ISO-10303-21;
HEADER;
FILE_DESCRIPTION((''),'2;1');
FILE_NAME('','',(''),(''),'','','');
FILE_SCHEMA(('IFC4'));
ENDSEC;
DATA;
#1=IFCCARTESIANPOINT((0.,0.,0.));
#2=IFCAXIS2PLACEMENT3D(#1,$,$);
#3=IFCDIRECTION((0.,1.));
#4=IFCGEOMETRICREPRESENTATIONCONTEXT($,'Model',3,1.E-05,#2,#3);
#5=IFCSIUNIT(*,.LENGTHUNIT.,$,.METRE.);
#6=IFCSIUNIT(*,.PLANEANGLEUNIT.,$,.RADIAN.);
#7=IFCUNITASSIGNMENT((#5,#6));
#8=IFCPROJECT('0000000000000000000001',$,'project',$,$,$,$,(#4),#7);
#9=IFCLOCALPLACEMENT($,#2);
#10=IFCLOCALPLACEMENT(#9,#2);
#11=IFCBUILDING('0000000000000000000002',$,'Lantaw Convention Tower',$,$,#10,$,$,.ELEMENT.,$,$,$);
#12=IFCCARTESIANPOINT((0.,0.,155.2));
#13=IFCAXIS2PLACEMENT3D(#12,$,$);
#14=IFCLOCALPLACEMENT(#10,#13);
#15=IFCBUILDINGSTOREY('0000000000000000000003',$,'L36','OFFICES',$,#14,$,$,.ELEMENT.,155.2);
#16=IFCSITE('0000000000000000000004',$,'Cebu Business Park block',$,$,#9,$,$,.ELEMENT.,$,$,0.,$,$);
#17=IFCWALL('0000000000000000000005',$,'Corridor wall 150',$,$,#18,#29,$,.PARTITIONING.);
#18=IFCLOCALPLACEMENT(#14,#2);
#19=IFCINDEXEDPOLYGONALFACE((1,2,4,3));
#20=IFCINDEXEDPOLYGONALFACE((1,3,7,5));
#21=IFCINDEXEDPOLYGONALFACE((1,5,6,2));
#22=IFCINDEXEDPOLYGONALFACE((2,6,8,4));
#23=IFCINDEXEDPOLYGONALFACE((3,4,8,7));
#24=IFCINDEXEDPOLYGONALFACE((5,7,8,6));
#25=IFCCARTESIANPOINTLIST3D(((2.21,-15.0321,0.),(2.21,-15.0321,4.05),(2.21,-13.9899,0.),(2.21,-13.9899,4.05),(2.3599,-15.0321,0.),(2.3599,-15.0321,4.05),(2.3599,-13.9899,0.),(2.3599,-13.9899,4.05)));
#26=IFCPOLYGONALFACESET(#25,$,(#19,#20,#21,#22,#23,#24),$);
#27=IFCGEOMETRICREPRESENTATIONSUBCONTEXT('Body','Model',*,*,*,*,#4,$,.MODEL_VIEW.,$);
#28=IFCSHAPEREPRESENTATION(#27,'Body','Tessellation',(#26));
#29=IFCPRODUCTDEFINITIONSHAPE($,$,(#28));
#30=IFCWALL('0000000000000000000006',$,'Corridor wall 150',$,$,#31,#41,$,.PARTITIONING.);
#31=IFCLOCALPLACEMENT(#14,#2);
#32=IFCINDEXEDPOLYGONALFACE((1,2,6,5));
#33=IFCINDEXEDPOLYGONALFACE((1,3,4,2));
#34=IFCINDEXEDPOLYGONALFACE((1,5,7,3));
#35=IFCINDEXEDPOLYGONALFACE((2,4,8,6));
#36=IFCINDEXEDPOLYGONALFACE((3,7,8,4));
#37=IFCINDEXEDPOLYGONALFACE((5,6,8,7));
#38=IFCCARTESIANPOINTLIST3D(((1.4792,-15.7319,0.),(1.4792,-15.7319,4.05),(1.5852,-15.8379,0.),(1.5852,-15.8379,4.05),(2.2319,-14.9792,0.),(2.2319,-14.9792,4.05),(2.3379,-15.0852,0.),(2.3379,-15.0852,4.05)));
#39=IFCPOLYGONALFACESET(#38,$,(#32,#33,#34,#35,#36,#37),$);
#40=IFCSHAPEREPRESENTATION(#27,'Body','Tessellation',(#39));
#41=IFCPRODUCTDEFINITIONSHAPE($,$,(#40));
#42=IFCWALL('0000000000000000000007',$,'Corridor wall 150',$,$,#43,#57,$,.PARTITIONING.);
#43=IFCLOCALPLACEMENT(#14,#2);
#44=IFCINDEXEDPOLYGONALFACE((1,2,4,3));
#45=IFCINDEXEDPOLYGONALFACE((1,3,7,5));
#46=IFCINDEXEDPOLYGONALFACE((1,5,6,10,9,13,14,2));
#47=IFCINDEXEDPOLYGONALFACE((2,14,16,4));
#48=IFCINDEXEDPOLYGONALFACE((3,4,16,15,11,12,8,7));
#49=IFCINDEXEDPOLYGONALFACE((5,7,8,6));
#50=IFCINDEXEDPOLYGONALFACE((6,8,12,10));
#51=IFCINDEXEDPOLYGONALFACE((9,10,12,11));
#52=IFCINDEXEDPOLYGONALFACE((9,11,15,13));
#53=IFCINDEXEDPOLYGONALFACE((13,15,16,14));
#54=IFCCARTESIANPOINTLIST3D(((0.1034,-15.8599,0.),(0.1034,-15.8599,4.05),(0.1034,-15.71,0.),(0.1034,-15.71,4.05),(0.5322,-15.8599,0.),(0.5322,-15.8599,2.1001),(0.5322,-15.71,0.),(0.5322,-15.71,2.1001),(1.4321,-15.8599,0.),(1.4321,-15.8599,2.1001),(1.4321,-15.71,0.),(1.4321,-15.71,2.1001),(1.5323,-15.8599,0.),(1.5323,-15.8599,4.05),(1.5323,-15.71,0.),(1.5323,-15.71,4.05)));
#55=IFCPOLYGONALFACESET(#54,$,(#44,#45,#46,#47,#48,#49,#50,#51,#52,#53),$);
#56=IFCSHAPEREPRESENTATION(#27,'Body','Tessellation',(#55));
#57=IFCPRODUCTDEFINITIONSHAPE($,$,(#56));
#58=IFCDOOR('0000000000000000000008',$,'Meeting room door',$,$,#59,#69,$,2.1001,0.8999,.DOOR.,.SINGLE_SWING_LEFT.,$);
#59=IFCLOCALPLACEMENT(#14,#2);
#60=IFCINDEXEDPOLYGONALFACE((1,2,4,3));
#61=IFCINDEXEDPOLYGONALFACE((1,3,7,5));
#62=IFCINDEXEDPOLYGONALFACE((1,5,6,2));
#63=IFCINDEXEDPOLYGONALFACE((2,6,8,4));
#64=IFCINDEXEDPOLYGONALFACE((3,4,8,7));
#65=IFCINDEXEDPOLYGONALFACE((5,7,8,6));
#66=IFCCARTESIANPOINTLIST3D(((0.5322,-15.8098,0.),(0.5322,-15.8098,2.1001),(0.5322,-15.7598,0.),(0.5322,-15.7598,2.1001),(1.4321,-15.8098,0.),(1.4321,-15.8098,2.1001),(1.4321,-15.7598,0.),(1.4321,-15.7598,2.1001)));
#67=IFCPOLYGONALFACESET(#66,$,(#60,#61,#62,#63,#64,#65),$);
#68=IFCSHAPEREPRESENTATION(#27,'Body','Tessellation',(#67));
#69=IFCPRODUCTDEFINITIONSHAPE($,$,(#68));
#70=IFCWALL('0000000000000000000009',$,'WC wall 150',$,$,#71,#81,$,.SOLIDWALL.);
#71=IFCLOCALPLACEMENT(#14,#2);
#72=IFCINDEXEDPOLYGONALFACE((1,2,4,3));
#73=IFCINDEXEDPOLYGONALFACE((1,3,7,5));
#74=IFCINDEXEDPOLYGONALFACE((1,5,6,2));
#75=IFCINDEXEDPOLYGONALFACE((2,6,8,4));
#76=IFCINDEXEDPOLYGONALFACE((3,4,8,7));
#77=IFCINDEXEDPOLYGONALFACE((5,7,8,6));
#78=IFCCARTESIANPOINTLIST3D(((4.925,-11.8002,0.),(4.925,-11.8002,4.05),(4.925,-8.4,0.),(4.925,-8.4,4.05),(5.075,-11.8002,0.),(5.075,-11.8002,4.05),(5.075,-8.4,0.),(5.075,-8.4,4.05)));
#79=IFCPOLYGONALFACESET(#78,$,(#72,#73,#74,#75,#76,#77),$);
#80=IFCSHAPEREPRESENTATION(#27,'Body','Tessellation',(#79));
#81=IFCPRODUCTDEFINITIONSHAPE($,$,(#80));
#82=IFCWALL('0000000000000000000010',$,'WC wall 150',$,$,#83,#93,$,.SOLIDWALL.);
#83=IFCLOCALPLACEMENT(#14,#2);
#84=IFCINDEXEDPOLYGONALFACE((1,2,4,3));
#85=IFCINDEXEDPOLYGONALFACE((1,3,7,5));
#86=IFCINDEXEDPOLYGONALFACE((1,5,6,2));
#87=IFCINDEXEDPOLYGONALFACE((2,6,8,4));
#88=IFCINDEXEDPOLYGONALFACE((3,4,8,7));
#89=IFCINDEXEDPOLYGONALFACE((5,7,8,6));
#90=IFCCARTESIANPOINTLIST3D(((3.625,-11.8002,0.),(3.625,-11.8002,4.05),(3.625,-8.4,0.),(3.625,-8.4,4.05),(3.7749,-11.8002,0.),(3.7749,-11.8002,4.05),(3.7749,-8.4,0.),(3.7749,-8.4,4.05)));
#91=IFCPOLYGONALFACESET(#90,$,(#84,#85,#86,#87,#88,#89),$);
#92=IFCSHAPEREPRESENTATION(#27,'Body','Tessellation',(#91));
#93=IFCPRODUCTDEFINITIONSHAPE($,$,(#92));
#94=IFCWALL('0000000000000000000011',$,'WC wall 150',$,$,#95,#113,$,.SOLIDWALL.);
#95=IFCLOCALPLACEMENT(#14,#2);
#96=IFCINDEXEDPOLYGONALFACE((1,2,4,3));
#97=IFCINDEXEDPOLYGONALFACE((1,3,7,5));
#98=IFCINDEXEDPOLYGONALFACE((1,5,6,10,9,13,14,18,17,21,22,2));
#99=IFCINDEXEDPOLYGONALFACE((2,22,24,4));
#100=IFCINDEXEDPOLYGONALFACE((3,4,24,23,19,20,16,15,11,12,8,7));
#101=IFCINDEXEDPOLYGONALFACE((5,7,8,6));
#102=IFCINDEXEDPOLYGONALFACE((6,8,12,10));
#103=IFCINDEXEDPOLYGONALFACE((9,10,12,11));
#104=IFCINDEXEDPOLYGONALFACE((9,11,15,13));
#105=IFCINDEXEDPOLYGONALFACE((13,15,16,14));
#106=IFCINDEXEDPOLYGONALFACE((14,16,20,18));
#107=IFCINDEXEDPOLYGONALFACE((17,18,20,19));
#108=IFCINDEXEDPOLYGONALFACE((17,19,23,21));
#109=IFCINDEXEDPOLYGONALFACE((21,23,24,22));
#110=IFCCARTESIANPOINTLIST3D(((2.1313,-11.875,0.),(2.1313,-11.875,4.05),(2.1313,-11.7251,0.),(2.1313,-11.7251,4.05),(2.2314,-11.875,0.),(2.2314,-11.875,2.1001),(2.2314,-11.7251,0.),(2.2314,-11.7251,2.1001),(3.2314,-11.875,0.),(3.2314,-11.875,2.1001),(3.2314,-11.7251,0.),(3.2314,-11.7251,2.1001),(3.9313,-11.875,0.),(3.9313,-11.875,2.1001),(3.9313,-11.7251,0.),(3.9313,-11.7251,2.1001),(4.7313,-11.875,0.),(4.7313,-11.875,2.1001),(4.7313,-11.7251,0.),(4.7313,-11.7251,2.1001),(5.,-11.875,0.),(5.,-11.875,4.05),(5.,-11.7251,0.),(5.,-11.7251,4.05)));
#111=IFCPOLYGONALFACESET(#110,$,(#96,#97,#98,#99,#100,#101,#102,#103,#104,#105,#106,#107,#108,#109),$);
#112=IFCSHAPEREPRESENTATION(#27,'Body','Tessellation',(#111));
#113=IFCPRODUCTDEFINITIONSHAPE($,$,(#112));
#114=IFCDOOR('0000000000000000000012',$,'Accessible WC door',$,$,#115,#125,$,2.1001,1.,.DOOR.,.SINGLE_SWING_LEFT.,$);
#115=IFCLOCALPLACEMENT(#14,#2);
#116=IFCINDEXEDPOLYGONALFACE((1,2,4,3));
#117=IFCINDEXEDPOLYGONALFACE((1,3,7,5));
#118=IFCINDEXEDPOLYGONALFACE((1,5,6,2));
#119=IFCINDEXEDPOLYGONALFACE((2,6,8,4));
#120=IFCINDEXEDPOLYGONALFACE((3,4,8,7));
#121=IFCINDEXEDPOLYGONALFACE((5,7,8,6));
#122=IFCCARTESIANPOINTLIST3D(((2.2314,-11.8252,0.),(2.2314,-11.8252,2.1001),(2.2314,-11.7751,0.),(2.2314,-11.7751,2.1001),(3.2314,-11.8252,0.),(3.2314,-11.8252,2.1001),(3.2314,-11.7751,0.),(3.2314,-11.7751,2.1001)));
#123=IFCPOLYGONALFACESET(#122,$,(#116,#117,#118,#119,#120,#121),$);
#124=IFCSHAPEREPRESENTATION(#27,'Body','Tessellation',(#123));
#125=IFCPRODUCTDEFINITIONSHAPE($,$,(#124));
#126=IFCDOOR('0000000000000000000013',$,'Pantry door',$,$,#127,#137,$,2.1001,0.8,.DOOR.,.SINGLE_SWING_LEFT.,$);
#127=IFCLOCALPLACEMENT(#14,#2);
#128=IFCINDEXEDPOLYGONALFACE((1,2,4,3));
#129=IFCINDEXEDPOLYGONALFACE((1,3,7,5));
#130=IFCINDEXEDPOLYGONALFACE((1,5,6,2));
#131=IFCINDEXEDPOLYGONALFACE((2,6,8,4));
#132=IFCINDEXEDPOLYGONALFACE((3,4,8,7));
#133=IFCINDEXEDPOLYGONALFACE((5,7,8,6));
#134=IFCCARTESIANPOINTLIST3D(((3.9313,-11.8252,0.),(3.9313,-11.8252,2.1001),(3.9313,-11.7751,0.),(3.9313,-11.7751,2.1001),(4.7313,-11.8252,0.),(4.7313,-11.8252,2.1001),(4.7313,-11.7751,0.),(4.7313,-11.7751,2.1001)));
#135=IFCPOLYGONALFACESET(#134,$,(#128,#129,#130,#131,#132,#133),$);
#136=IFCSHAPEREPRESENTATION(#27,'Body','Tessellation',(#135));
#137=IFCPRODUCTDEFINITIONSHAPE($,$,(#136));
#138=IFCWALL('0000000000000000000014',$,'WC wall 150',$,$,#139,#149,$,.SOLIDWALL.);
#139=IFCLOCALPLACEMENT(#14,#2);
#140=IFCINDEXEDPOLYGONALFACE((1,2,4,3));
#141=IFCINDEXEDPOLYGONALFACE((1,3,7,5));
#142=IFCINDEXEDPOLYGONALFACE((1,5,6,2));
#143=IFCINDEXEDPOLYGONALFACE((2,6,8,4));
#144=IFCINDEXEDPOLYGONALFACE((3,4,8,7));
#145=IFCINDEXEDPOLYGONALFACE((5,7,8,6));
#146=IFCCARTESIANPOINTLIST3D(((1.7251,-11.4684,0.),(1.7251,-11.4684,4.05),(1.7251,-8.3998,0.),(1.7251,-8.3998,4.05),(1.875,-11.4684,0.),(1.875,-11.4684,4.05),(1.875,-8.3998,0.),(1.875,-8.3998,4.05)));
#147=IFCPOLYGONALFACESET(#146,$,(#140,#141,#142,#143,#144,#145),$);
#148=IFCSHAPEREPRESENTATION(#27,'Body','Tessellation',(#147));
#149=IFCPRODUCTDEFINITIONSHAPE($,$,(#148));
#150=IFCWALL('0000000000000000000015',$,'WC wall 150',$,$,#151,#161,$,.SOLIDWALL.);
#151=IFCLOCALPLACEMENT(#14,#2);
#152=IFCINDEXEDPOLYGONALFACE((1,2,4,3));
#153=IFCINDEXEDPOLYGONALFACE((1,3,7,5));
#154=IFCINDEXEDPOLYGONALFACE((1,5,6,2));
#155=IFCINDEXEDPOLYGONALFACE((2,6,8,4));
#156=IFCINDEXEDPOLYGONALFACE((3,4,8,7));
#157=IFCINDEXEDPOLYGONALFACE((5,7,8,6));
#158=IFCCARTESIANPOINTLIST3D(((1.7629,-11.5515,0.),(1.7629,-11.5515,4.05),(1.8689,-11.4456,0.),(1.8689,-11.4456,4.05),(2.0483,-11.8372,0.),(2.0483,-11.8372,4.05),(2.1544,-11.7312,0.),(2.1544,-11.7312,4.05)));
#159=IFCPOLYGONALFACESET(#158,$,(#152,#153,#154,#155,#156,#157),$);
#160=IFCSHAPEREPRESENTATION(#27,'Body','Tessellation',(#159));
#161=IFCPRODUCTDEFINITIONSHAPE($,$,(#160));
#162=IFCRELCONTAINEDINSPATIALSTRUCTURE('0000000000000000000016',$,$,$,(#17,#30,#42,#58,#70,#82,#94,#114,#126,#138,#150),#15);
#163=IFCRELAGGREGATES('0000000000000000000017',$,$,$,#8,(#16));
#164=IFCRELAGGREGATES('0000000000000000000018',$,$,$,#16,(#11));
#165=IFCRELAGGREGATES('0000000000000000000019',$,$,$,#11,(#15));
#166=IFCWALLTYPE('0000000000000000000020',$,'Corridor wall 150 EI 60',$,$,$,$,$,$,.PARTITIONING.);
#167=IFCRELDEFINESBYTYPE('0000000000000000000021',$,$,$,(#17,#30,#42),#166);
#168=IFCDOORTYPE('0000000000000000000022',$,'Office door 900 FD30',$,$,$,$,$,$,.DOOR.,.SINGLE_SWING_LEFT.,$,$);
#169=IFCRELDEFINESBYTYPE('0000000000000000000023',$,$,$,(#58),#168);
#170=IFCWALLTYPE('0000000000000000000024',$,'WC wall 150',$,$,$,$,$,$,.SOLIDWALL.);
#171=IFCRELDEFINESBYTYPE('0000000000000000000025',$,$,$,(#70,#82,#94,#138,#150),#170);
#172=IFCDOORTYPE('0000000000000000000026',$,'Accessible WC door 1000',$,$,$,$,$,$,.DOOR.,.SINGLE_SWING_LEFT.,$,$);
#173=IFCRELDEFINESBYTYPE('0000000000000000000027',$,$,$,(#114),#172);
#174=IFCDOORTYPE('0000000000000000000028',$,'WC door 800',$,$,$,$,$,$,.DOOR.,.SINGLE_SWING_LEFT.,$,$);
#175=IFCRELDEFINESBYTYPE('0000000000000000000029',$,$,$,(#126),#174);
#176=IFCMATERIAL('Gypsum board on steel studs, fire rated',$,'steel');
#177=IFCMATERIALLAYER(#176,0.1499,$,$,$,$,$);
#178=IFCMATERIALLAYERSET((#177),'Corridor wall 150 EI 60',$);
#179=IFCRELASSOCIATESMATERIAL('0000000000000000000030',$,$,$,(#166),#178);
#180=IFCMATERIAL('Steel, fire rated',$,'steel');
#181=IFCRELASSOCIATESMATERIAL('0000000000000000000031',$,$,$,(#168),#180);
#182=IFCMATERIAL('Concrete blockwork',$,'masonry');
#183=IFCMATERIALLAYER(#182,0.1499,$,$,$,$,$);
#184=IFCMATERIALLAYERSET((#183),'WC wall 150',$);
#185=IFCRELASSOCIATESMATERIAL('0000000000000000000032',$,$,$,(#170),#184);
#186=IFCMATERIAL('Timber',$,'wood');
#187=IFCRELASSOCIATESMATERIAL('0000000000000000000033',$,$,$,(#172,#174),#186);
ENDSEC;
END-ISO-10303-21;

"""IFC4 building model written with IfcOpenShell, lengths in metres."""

from ifc_helpers import new_model, si_unit, direction, frame, frame_2d, origin, place, context, subcontext, project, spatial, rectangle, extrude, material, layer, layer_set, type_object, element, fill, save


model = new_model("IFC4")

# Units and contexts
model_context = context("Model", 3, precision=1e-05, world=origin(), true_north=direction((0.0, 1.0)))
body_context = subcontext(model_context, "Body", "Model", "MODEL_VIEW")
ifc_project = project(units=[si_unit("LENGTHUNIT", "METRE"), si_unit("PLANEANGLEUNIT", "RADIAN")], contexts=[model_context])

# Site, building, storey
site_placement = place(None, origin())
site = spatial("IfcSite", under=ifc_project, at=site_placement, Name="Cebu Business Park block", CompositionType="ELEMENT", RefElevation=0.0)
building_placement = place(site_placement, origin())
building = spatial("IfcBuilding", under=site, at=building_placement, Name="Lantaw Convention Tower", CompositionType="ELEMENT")
storey_placement = place(building_placement, frame((0.0, 0.0, 155.2)))
storey = spatial("IfcBuildingStorey", under=building, at=storey_placement, Name="L36", Description="OFFICES", CompositionType="ELEMENT", Elevation=155.2)

# Shared definitions
ifc_material_1 = material(Name="Gypsum board on steel studs, fire rated", Category="steel")
ifc_layer_1 = layer(ifc_material_1, 0.1499)
ifc_layer_set_1 = layer_set([ifc_layer_1], Name="Corridor wall 150 EI 60")
wall_type_1 = type_object("IfcWallType", Name="Corridor wall 150 EI 60", PredefinedType="PARTITIONING", material=ifc_layer_set_1)
ifc_material_2 = material(Name="Steel, fire rated", Category="steel")
door_type_1 = type_object("IfcDoorType", Name="Office door 900 FD30", OperationType="SINGLE_SWING_LEFT", PredefinedType="DOOR", material=ifc_material_2)

# Walls
wall_1_placement = place(storey_placement, frame((2.2849, -13.99, 0.0), z_axis=(0.0, 0.0, 1.0), x_axis=(0.0, -1.0, 0.0)))
element("IfcWall", 1, at=wall_1_placement, inside=storey, type_object=wall_type_1, Name="Corridor wall 150", PredefinedType="PARTITIONING", context=body_context, shape_type="SweptSolid", body=[
    extrude(rectangle(XDim=1.0422, YDim=0.1499, at=frame_2d((0.521, 0.0))), origin(), (0.0, 0.0, 1.0), 4.05),
])
wall_2_placement = place(storey_placement, frame((2.2849, -15.0322, 0.0), z_axis=(0.0, 0.0, 1.0), x_axis=(-0.707107, -0.707107, 0.0)))
element("IfcWall", 2, at=wall_2_placement, inside=storey, type_object=wall_type_1, Name="Corridor wall 150", PredefinedType="PARTITIONING", context=body_context, shape_type="SweptSolid", body=[
    extrude(rectangle(XDim=1.0645, YDim=0.1499, at=frame_2d((0.5322, 0.0))), origin(), (0.0, 0.0, 1.0), 4.05),
])

# Wall, opening, door
wall_3_placement = place(storey_placement, frame((1.5322, -15.7849, 0.0), z_axis=(0.0, 0.0, 1.0), x_axis=(-1.0, 0.0, 0.0)))
wall_3 = element("IfcWall", 3, at=wall_3_placement, inside=storey, type_object=wall_type_1, Name="Corridor wall 150", PredefinedType="PARTITIONING", context=body_context, shape_type="SweptSolid", body=[
    extrude(rectangle(XDim=1.429, YDim=0.1499, at=frame_2d((0.7144, 0.0))), origin(), (0.0, 0.0, 1.0), 4.05),
])
opening_1_placement = place(wall_3_placement, frame((0.1001, 0.0, 0.0)))
opening_1 = element("IfcOpeningElement", 4, at=opening_1_placement, cuts=wall_3, PredefinedType="OPENING", context=body_context, shape_type="SweptSolid", body=[
    extrude(rectangle(XDim=0.8999, YDim=2.1001, at=frame_2d((0.45, 1.05))), frame((0.0, 0.085, 0.0), z_axis=(0.0, -1.0, 0.0), x_axis=(1.0, 0.0, 0.0)), (0.0, 0.0, 1.0), 0.1699),
])
door_1_placement = place(opening_1_placement, origin())
door_1 = element("IfcDoor", 5, at=door_1_placement, inside=storey, type_object=door_type_1, Name="Meeting room door", OperationType="SINGLE_SWING_LEFT", OverallHeight=2.1001, OverallWidth=0.8999, PredefinedType="DOOR", context=body_context, shape_type="SweptSolid", body=[
    extrude(rectangle(XDim=0.8999, YDim=2.1001, at=frame_2d((0.45, 1.05))), frame((0.0, 0.0249, 0.0), z_axis=(0.0, -1.0, 0.0), x_axis=(1.0, 0.0, 0.0)), (0.0, 0.0, 1.0), 0.05),
])
fill(opening_1, door_1)

# Walls
ifc_material_3 = material(Name="Concrete blockwork", Category="masonry")
ifc_layer_2 = layer(ifc_material_3, 0.1499)
ifc_layer_set_2 = layer_set([ifc_layer_2], Name="WC wall 150")
wall_type_2 = type_object("IfcWallType", Name="WC wall 150", PredefinedType="SOLIDWALL", material=ifc_layer_set_2)
for number, where, z_axis, x_axis, name in (
    (6, (5.0, -8.3999, 0.0), (0.0, 0.0, 1.0), (0.0, -1.0, 0.0), "WC wall 150"),
    (7, (3.7, -8.3999, 0.0), (0.0, 0.0, 1.0), (0.0, -1.0, 0.0), "WC wall 150"),
):
    element("IfcWall", number, at=place(storey_placement, frame(where, z_axis=z_axis, x_axis=x_axis)), inside=storey, type_object=wall_type_2, Name=name, PredefinedType="SOLIDWALL", context=body_context, shape_type="SweptSolid", body=[
        extrude(rectangle(XDim=3.4001, YDim=0.1499, at=frame_2d((1.7002, 0.0))), origin(), (0.0, 0.0, 1.0), 4.05),
    ])

# Wall, openings, doors
wall_4_placement = place(storey_placement, frame((2.1313, -11.8, 0.0), z_axis=(0.0, 0.0, 1.0), x_axis=(1.0, 0.0, 0.0)))
wall_4 = element("IfcWall", 8, at=wall_4_placement, inside=storey, type_object=wall_type_2, Name="WC wall 150", PredefinedType="SOLIDWALL", context=body_context, shape_type="SweptSolid", body=[
    extrude(rectangle(XDim=2.8687, YDim=0.1499, at=frame_2d((1.4343, 0.0))), origin(), (0.0, 0.0, 1.0), 4.05),
])
opening_2_placement = place(wall_4_placement, frame((0.1001, 0.0, 0.0)))
opening_2 = element("IfcOpeningElement", 9, at=opening_2_placement, cuts=wall_4, PredefinedType="OPENING", context=body_context, shape_type="SweptSolid", body=[
    extrude(rectangle(XDim=1.0, YDim=2.1001, at=frame_2d((0.5, 1.05))), frame((0.0, 0.085, 0.0), z_axis=(0.0, -1.0, 0.0), x_axis=(1.0, 0.0, 0.0)), (0.0, 0.0, 1.0), 0.1699),
])
opening_3_placement = place(wall_4_placement, frame((1.8, 0.0, 0.0)))
opening_3 = element("IfcOpeningElement", 10, at=opening_3_placement, cuts=wall_4, PredefinedType="OPENING", context=body_context, shape_type="SweptSolid", body=[
    extrude(rectangle(XDim=0.8, YDim=2.1001, at=frame_2d((0.3999, 1.05))), frame((0.0, 0.085, 0.0), z_axis=(0.0, -1.0, 0.0), x_axis=(1.0, 0.0, 0.0)), (0.0, 0.0, 1.0), 0.1699),
])
ifc_material_4 = material(Name="Timber", Category="wood")
door_type_2 = type_object("IfcDoorType", Name="Accessible WC door 1000", OperationType="SINGLE_SWING_LEFT", PredefinedType="DOOR", material=ifc_material_4)
door_2_placement = place(opening_2_placement, origin())
door_2 = element("IfcDoor", 11, at=door_2_placement, inside=storey, type_object=door_type_2, Name="Accessible WC door", OperationType="SINGLE_SWING_LEFT", OverallHeight=2.1001, OverallWidth=1.0, PredefinedType="DOOR", context=body_context, shape_type="SweptSolid", body=[
    extrude(rectangle(XDim=1.0, YDim=2.1001, at=frame_2d((0.5, 1.05))), frame((0.0, 0.0249, 0.0), z_axis=(0.0, -1.0, 0.0), x_axis=(1.0, 0.0, 0.0)), (0.0, 0.0, 1.0), 0.05),
])
fill(opening_2, door_2)
door_type_3 = type_object("IfcDoorType", Name="WC door 800", OperationType="SINGLE_SWING_LEFT", PredefinedType="DOOR", material=ifc_material_4)
door_3_placement = place(opening_3_placement, origin())
door_3 = element("IfcDoor", 12, at=door_3_placement, inside=storey, type_object=door_type_3, Name="Pantry door", OperationType="SINGLE_SWING_LEFT", OverallHeight=2.1001, OverallWidth=0.8, PredefinedType="DOOR", context=body_context, shape_type="SweptSolid", body=[
    extrude(rectangle(XDim=0.8, YDim=2.1001, at=frame_2d((0.3999, 1.05))), frame((0.0, 0.0249, 0.0), z_axis=(0.0, -1.0, 0.0), x_axis=(1.0, 0.0, 0.0)), (0.0, 0.0, 1.0), 0.05),
])
fill(opening_3, door_3)

# Walls
wall_5_placement = place(storey_placement, frame((1.8, -8.3999, 0.0), z_axis=(0.0, 0.0, 1.0), x_axis=(0.0, -1.0, 0.0)))
element("IfcWall", 13, at=wall_5_placement, inside=storey, type_object=wall_type_2, Name="WC wall 150", PredefinedType="SOLIDWALL", context=body_context, shape_type="SweptSolid", body=[
    extrude(rectangle(XDim=3.0686, YDim=0.1499, at=frame_2d((1.5342, 0.0))), origin(), (0.0, 0.0, 1.0), 4.05),
])
wall_6_placement = place(storey_placement, frame((1.8159, -11.4985, 0.0), z_axis=(0.0, 0.0, 1.0), x_axis=(0.706804, -0.707409, 0.0)))
element("IfcWall", 14, at=wall_6_placement, inside=storey, type_object=wall_type_2, Name="WC wall 150", PredefinedType="SOLIDWALL", context=body_context, shape_type="SweptSolid", body=[
    extrude(rectangle(XDim=0.4038, YDim=0.1499, at=frame_2d((0.2019, 0.0))), origin(), (0.0, 0.0, 1.0), 4.05),
])

save(model, "model.ifc")
